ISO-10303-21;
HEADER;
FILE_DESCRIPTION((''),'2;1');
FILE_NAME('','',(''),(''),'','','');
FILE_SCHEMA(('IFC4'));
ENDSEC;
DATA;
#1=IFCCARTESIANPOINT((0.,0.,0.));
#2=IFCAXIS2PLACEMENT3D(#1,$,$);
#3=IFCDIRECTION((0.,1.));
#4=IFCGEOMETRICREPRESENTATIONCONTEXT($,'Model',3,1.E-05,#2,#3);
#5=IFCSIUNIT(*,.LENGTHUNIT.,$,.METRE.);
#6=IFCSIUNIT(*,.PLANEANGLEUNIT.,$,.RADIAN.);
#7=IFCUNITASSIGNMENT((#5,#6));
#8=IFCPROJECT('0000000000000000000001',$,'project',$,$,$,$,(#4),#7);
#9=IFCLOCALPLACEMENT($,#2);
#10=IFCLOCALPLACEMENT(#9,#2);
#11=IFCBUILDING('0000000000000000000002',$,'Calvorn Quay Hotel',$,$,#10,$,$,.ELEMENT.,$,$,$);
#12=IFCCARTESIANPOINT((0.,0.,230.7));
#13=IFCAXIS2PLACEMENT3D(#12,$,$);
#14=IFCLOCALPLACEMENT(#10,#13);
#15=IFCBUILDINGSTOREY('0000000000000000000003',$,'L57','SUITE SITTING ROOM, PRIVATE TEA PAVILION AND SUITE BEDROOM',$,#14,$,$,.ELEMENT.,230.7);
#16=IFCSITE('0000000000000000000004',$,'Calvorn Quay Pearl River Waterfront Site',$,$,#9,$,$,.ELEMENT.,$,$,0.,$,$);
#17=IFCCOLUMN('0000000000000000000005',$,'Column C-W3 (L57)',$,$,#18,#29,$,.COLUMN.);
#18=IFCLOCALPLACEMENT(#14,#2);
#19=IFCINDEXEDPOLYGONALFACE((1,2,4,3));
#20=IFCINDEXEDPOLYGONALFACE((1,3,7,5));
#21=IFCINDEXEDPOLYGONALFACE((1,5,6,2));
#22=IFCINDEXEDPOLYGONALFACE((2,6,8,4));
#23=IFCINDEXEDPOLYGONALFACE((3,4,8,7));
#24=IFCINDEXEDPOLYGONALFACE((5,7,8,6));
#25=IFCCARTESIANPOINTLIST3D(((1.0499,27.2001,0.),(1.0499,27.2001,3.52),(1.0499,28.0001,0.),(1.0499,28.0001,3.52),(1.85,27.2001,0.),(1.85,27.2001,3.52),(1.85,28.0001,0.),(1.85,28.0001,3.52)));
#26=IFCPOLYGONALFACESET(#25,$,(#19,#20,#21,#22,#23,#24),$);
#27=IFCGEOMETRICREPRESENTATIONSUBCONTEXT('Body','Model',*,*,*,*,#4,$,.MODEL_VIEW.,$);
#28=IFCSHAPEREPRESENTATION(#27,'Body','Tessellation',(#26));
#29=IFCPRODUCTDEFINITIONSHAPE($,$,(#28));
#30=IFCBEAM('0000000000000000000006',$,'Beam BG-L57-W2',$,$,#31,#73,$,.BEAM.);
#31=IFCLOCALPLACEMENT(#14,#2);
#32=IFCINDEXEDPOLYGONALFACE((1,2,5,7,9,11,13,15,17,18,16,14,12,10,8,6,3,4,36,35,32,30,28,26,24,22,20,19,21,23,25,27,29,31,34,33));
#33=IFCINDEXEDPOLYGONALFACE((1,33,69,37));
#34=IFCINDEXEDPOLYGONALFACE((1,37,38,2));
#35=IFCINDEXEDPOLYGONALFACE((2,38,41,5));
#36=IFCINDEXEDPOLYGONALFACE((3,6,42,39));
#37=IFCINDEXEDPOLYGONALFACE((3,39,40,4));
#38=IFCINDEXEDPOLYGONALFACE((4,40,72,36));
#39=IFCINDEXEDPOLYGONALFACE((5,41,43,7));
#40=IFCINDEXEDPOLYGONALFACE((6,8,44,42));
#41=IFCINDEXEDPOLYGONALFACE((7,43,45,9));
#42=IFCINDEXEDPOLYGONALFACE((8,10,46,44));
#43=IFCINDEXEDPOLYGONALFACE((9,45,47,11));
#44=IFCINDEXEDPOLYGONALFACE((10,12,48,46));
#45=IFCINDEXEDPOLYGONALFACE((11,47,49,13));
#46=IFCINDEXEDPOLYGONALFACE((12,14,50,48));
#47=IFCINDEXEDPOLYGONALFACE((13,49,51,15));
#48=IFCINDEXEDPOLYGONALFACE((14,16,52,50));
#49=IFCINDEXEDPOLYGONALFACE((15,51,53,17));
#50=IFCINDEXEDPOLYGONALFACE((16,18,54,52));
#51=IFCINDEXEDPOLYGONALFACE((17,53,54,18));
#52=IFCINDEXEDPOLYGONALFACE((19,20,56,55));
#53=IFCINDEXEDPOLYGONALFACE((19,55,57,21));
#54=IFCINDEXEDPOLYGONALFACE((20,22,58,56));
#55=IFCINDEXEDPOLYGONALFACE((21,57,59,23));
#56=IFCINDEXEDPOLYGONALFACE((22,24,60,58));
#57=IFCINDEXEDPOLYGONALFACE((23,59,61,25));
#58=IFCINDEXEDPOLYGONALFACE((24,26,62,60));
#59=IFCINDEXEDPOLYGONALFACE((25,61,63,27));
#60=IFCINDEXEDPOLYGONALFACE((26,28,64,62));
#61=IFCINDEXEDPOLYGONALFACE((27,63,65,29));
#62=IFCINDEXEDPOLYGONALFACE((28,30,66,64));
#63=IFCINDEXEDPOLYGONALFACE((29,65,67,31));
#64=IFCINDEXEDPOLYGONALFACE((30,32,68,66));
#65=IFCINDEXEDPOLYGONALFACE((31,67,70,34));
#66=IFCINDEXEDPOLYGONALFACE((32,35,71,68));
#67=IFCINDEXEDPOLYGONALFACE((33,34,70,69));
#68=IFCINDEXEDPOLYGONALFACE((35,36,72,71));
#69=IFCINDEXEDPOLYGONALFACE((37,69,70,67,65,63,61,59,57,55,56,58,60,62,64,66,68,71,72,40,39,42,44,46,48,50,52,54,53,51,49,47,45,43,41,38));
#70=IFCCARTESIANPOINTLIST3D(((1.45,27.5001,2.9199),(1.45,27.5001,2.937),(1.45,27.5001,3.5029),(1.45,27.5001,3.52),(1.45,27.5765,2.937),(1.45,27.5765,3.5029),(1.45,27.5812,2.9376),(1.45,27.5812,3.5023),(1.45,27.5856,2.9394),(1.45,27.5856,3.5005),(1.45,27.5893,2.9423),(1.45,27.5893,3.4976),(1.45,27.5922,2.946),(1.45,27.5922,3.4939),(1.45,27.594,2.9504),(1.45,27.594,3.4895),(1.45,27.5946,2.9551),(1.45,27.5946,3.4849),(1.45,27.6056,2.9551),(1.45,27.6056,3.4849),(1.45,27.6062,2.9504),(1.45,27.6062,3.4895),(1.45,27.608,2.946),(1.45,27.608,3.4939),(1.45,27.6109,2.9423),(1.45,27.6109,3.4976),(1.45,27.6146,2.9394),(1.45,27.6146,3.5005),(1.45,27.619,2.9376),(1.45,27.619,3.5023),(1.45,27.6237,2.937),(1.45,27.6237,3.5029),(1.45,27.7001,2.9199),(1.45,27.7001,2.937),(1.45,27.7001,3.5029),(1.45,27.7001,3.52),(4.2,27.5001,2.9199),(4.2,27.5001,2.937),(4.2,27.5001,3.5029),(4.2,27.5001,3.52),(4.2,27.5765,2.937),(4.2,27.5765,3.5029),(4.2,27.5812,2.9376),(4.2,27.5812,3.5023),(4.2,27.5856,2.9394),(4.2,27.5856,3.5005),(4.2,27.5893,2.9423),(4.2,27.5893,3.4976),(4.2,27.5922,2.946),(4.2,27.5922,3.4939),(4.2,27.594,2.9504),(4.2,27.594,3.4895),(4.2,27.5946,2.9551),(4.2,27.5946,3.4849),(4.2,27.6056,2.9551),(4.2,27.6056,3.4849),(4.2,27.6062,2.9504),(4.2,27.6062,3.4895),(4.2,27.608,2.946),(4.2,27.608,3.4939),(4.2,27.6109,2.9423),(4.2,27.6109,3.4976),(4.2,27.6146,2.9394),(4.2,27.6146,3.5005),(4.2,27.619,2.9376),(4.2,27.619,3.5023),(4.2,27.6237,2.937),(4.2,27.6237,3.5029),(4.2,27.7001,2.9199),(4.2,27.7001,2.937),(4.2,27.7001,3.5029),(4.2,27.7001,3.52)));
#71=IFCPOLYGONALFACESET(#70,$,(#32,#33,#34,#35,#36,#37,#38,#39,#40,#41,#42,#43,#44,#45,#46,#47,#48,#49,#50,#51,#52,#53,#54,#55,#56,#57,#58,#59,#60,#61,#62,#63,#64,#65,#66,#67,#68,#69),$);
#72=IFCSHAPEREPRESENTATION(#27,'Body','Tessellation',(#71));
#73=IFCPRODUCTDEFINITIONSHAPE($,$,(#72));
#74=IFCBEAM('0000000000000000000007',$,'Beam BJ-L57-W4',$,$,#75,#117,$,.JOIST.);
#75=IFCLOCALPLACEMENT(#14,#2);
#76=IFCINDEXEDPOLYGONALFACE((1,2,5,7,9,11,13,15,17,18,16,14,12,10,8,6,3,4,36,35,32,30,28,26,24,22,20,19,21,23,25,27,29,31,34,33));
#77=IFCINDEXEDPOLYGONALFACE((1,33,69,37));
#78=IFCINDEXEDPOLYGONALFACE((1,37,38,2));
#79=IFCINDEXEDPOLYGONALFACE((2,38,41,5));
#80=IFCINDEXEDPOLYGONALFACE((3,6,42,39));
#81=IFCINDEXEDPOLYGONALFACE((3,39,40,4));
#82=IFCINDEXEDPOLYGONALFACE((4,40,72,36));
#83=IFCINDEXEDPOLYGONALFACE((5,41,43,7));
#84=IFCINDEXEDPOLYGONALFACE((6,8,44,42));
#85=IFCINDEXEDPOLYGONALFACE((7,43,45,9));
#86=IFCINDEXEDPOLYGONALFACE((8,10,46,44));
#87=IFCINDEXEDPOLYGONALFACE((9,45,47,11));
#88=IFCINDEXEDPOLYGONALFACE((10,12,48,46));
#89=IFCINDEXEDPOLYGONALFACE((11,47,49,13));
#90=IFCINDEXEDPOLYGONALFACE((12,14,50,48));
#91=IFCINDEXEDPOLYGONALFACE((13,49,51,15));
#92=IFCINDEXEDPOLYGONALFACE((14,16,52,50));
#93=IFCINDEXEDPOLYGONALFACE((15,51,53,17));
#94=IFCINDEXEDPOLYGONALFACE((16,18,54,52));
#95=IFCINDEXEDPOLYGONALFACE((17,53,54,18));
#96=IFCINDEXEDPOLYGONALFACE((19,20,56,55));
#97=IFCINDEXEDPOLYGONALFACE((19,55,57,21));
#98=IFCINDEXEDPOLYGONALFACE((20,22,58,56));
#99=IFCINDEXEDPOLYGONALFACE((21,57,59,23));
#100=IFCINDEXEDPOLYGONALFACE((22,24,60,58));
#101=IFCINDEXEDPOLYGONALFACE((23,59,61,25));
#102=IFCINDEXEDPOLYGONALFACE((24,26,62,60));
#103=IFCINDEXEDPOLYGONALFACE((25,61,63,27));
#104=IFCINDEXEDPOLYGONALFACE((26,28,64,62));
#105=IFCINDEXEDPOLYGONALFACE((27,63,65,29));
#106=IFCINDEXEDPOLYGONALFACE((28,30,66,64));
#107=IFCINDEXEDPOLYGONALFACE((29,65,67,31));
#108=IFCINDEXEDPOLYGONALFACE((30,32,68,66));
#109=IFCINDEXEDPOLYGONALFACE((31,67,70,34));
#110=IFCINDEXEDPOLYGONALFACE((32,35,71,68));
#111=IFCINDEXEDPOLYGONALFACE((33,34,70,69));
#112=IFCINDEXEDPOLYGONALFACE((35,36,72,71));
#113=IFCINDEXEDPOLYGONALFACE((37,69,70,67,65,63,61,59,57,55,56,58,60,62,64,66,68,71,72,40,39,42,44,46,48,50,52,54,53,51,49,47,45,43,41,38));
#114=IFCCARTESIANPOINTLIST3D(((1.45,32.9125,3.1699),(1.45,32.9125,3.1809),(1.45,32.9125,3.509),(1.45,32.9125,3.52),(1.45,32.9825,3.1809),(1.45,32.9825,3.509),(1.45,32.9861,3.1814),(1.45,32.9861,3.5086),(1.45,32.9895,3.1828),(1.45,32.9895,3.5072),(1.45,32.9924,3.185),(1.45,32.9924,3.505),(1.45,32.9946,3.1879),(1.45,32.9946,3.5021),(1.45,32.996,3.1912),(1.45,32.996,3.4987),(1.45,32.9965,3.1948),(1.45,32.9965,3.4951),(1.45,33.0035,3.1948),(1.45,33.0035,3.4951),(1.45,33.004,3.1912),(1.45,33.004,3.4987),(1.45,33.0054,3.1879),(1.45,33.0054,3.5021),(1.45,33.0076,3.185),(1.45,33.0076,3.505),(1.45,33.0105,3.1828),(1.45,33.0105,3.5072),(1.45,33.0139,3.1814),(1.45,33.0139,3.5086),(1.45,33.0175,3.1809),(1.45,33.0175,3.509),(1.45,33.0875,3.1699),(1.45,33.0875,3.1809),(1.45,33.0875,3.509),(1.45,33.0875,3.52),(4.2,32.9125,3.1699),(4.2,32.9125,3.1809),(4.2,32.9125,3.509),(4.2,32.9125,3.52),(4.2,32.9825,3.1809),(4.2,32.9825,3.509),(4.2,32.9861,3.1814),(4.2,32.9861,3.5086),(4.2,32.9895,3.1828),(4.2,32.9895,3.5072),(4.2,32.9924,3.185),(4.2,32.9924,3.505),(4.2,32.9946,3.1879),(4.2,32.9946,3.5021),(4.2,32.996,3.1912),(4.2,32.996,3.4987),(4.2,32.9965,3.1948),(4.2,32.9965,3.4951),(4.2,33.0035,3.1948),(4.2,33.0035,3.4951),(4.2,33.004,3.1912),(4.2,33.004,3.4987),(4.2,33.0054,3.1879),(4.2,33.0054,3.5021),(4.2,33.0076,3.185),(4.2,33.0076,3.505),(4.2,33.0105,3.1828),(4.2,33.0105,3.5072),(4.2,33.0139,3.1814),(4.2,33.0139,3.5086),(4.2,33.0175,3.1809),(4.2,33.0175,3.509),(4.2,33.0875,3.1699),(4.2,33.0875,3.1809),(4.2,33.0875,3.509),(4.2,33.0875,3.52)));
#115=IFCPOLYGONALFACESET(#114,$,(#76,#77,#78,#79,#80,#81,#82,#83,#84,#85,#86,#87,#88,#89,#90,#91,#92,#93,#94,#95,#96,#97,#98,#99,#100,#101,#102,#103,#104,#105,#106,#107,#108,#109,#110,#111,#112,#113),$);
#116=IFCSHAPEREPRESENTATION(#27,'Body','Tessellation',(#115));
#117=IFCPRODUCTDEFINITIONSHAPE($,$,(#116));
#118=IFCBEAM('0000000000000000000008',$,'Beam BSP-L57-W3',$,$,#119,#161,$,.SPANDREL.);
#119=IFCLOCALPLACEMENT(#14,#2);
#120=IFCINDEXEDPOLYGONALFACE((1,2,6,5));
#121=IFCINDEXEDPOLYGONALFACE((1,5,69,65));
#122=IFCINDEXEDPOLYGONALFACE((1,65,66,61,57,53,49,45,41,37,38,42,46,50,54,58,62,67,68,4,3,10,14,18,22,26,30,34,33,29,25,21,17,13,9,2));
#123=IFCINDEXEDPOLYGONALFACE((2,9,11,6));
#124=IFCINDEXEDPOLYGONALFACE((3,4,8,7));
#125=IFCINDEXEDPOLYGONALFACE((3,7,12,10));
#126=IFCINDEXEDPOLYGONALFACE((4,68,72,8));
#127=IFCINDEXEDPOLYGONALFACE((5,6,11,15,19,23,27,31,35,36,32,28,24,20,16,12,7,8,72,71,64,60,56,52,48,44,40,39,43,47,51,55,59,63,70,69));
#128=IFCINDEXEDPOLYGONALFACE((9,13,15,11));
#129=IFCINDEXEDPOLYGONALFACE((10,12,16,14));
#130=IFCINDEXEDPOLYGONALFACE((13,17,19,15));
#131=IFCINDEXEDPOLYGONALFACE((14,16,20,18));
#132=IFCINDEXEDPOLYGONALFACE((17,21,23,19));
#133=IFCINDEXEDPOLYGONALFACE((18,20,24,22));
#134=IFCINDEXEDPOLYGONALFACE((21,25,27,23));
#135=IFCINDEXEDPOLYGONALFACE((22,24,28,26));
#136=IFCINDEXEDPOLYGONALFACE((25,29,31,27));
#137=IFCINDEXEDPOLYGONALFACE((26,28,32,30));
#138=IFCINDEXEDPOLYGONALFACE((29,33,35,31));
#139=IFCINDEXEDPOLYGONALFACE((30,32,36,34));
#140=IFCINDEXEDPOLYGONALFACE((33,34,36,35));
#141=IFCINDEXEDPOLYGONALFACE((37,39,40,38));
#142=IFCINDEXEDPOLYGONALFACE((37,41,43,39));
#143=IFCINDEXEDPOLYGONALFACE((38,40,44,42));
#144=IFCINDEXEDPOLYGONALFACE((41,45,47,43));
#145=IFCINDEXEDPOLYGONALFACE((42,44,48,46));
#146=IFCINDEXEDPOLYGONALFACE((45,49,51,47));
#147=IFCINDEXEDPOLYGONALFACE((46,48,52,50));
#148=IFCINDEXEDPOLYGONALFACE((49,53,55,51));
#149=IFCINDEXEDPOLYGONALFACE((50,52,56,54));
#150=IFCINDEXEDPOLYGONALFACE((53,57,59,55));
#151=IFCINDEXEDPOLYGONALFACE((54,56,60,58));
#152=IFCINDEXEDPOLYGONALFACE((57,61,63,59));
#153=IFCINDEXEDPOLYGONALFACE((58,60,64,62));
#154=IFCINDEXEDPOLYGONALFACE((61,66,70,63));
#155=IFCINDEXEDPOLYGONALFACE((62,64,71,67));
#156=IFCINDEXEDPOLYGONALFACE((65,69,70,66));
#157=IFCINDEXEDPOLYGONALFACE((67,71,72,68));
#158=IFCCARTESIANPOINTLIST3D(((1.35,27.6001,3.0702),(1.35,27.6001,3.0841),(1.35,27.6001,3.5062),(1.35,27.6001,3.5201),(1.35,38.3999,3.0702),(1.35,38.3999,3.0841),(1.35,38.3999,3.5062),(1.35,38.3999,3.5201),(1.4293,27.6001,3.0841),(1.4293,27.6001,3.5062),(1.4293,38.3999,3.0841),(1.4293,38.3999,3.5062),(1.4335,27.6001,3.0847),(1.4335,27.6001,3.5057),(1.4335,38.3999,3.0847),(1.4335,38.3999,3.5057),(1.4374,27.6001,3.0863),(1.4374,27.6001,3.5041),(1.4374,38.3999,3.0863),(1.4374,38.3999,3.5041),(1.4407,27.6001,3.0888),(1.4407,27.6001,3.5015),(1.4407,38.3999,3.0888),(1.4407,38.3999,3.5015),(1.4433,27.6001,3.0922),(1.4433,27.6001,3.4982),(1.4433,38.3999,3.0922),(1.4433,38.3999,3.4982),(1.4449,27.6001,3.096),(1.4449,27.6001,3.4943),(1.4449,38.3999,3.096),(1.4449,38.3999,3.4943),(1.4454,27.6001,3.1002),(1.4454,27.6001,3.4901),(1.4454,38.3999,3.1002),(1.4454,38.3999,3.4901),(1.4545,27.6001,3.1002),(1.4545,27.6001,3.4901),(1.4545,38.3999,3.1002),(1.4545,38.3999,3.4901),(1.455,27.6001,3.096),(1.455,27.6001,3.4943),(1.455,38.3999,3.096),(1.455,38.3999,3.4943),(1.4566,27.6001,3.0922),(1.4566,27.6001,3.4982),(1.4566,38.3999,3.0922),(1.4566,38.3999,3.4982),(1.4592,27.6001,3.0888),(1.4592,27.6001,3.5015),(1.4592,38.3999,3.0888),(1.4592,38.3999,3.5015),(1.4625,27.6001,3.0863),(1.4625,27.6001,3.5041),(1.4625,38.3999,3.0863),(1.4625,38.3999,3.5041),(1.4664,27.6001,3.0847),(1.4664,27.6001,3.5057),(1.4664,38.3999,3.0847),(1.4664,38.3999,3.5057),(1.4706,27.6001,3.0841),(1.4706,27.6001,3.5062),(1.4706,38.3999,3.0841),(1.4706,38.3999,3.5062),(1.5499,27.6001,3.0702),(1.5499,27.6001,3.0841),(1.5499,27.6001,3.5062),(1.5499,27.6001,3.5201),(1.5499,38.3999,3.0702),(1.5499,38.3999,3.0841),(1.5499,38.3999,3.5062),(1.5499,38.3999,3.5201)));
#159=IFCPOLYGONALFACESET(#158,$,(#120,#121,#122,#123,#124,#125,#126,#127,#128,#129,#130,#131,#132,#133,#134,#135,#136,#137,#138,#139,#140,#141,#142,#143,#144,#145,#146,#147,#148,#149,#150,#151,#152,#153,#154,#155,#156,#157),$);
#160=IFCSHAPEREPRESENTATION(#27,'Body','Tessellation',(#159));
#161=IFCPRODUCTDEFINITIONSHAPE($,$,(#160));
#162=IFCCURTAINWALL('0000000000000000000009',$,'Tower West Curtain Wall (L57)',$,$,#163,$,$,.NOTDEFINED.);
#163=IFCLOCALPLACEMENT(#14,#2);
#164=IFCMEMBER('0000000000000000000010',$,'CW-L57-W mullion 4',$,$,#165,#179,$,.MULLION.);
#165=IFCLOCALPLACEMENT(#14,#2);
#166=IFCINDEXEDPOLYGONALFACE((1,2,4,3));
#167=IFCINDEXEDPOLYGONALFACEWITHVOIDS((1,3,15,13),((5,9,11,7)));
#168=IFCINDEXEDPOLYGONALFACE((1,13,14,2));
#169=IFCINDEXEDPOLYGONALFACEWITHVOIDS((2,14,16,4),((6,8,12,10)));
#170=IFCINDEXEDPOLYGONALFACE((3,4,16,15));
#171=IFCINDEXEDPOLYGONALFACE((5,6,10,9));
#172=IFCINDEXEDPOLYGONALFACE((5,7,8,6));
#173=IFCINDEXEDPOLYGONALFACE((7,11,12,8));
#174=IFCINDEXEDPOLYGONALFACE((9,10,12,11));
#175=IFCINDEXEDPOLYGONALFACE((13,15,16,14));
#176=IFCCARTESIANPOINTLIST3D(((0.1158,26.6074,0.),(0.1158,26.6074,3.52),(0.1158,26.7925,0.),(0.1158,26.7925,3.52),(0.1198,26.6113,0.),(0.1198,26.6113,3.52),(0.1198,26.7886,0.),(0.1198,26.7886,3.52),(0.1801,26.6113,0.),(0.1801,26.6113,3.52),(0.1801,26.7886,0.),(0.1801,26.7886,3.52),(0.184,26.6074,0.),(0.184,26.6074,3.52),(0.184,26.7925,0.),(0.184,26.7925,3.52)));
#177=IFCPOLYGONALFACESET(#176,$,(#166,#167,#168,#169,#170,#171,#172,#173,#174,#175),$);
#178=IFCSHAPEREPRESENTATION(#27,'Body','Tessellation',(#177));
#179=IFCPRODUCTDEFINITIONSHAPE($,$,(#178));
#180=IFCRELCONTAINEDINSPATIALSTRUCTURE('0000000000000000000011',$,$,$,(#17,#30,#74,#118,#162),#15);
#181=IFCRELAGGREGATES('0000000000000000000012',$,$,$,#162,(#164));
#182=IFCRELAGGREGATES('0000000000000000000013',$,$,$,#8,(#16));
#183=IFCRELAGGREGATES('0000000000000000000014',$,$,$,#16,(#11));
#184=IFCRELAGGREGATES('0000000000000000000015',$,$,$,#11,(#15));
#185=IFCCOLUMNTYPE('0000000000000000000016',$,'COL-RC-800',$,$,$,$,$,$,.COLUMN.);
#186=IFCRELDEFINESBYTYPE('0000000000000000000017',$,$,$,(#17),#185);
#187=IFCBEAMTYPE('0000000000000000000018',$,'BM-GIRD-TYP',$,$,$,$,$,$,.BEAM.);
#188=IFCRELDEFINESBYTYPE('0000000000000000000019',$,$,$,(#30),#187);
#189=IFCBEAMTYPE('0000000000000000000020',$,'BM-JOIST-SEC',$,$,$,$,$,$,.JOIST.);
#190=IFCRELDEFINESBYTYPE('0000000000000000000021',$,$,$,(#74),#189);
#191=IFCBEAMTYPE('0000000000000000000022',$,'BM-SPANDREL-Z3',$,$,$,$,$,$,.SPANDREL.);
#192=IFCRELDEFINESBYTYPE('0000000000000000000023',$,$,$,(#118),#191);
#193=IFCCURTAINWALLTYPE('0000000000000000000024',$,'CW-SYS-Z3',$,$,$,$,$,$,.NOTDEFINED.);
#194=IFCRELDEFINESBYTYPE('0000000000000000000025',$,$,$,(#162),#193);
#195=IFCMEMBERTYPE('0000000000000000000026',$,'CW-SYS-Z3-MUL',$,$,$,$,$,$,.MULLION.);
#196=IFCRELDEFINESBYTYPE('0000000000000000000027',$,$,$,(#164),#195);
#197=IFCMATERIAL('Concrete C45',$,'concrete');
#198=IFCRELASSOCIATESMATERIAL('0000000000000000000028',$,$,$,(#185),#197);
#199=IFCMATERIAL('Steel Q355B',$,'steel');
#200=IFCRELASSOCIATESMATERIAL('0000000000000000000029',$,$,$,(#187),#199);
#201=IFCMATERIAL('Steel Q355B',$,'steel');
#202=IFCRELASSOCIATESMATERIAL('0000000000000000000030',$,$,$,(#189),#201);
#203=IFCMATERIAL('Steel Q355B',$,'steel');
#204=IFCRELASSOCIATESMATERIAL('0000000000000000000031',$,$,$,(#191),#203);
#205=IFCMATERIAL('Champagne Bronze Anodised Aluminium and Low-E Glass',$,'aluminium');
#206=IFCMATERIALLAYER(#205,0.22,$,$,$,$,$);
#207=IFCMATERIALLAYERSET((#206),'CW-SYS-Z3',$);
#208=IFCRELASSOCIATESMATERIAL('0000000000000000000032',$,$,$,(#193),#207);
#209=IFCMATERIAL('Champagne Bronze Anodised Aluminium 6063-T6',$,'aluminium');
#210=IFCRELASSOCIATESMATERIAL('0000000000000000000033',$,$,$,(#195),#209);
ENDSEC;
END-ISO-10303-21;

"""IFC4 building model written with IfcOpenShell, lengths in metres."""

from ifc_helpers import new_model, si_unit, direction, frame, origin, origin_2d, place, context, subcontext, project, spatial, rectangle, hollow_rectangle, i_section, extrude, material, layer, layer_set, material_profile, profile_set, type_object, element, aggregate, save


model = new_model("IFC4")

# Units and contexts
model_context = context("Model", 3, precision=1e-05, world=origin(), true_north=direction((0.0, 1.0)))
body_context = subcontext(model_context, "Body", "Model", "MODEL_VIEW")
ifc_project = project(units=[si_unit("LENGTHUNIT", "METRE"), si_unit("PLANEANGLEUNIT", "RADIAN")], contexts=[model_context])

# Site, building, storey
site_placement = place(None, origin())
site = spatial("IfcSite", under=ifc_project, at=site_placement, Name="Calvorn Quay Pearl River Waterfront Site", CompositionType="ELEMENT", RefElevation=0.0)
building_placement = place(site_placement, origin())
building = spatial("IfcBuilding", under=site, at=building_placement, Name="Calvorn Quay Hotel", CompositionType="ELEMENT")
storey_placement = place(building_placement, frame((0.0, 0.0, 230.7)))
storey = spatial("IfcBuildingStorey", under=building, at=storey_placement, Name="L57", Description="SUITE SITTING ROOM, PRIVATE TEA PAVILION AND SUITE BEDROOM", CompositionType="ELEMENT", Elevation=230.7)

# Column
ifc_material_1 = material(Name="Concrete C45", Category="concrete")
ifc_material_profile_1 = material_profile(ifc_material_1, rectangle(XDim=0.8, YDim=0.8, at=origin_2d()), Name="RC800x800")
ifc_profile_set_1 = profile_set([ifc_material_profile_1], Name="Concrete C45")
column_type = type_object("IfcColumnType", Name="COL-RC-800", PredefinedType="COLUMN", material=ifc_profile_set_1)
column_placement = place(storey_placement, frame((1.45, 27.6001, 0.0), z_axis=(0.0, 0.0, 1.0), x_axis=(1.0, 0.0, 0.0)))
element("IfcColumn", 1, at=column_placement, inside=storey, type_object=column_type, Name="Column C-W3 (L57)", PredefinedType="COLUMN", context=body_context, shape_type="SweptSolid", body=[
    extrude(rectangle(XDim=0.8, YDim=0.8, at=origin_2d()), origin(), (0.0, 0.0, 1.0), 3.52),
])

# Beams
ifc_material_2 = material(Name="Steel Q355B", Category="steel")
ifc_material_profile_2 = material_profile(ifc_material_2, i_section(OverallWidth=0.2, OverallDepth=0.6001, WebThickness=0.011, FlangeThickness=0.0171, FilletRadius=0.0181, at=origin_2d()), Name="HN600x200x11x17")
ifc_profile_set_2 = profile_set([ifc_material_profile_2], Name="Steel Q355B")
beam_type_1 = type_object("IfcBeamType", Name="BM-GIRD-TYP", PredefinedType="BEAM", material=ifc_profile_set_2)
beam_1_placement = place(storey_placement, frame((1.45, 27.6001, 3.22), z_axis=(1.0, 0.0, 0.0), x_axis=(0.0, 1.0, 0.0)))
element("IfcBeam", 2, at=beam_1_placement, inside=storey, type_object=beam_type_1, Name="Beam BG-L57-W2", PredefinedType="BEAM", context=body_context, shape_type="SweptSolid", body=[
    extrude(i_section(OverallWidth=0.2, OverallDepth=0.6001, WebThickness=0.011, FlangeThickness=0.0171, FilletRadius=0.0181, at=origin_2d()), origin(), (0.0, 0.0, 1.0), 2.75),
])
ifc_material_3 = material(Name="Steel Q355B", Category="steel")
ifc_material_profile_3 = material_profile(ifc_material_3, i_section(OverallWidth=0.175, OverallDepth=0.3501, WebThickness=0.0071, FlangeThickness=0.011, FilletRadius=0.0139, at=origin_2d()), Name="HN350x175x7x11")
ifc_profile_set_3 = profile_set([ifc_material_profile_3], Name="Steel Q355B")
beam_type_2 = type_object("IfcBeamType", Name="BM-JOIST-SEC", PredefinedType="JOIST", material=ifc_profile_set_3)
beam_2_placement = place(storey_placement, frame((1.45, 33.0, 3.345), z_axis=(1.0, 0.0, 0.0), x_axis=(0.0, 1.0, 0.0)))
element("IfcBeam", 3, at=beam_2_placement, inside=storey, type_object=beam_type_2, Name="Beam BJ-L57-W4", PredefinedType="JOIST", context=body_context, shape_type="SweptSolid", body=[
    extrude(i_section(OverallWidth=0.175, OverallDepth=0.3501, WebThickness=0.0071, FlangeThickness=0.011, FilletRadius=0.0139, at=origin_2d()), origin(), (0.0, 0.0, 1.0), 2.75),
])
ifc_material_4 = material(Name="Steel Q355B", Category="steel")
ifc_material_profile_4 = material_profile(ifc_material_4, i_section(OverallWidth=0.2, OverallDepth=0.45, WebThickness=0.009, FlangeThickness=0.0139, FilletRadius=0.0161, at=origin_2d()), Name="HN450x200x9x14")
ifc_profile_set_4 = profile_set([ifc_material_profile_4], Name="Steel Q355B")
beam_type_3 = type_object("IfcBeamType", Name="BM-SPANDREL-Z3", PredefinedType="SPANDREL", material=ifc_profile_set_4)
beam_3_placement = place(storey_placement, frame((1.45, 27.6001, 3.2952), z_axis=(0.0, 1.0, 0.0), x_axis=(-1.0, 0.0, 0.0)))
element("IfcBeam", 4, at=beam_3_placement, inside=storey, type_object=beam_type_3, Name="Beam BSP-L57-W3", PredefinedType="SPANDREL", context=body_context, shape_type="SweptSolid", body=[
    extrude(i_section(OverallWidth=0.2, OverallDepth=0.45, WebThickness=0.009, FlangeThickness=0.0139, FilletRadius=0.0161, at=origin_2d()), origin(), (0.0, 0.0, 1.0), 10.7998),
])

# Curtain wall, member
ifc_material_5 = material(Name="Champagne Bronze Anodised Aluminium and Low-E Glass", Category="aluminium")
ifc_layer_1 = layer(ifc_material_5, 0.22)
ifc_layer_set_1 = layer_set([ifc_layer_1], Name="CW-SYS-Z3")
curtain_wall_type = type_object("IfcCurtainWallType", Name="CW-SYS-Z3", PredefinedType="NOTDEFINED", material=ifc_layer_set_1)
curtain_wall_placement = place(storey_placement, origin())
curtain_wall = element("IfcCurtainWall", 5, at=curtain_wall_placement, inside=storey, type_object=curtain_wall_type, Name="Tower West Curtain Wall (L57)", PredefinedType="NOTDEFINED")
ifc_material_6 = material(Name="Champagne Bronze Anodised Aluminium 6063-T6", Category="aluminium")
ifc_material_profile_5 = material_profile(ifc_material_6, hollow_rectangle(XDim=0.0681, YDim=0.1851, WallThickness=0.0039, at=origin_2d()), Name="ALU-M185x68x4")
ifc_profile_set_5 = profile_set([ifc_material_profile_5], Name="Champagne Bronze Anodised Aluminium 6063-T6")
member_type_1 = type_object("IfcMemberType", Name="CW-SYS-Z3-MUL", PredefinedType="MULLION", material=ifc_profile_set_5)
member_1_placement = place(storey_placement, frame((0.1499, 26.7, 0.0), z_axis=(0.0, 0.0, 1.0), x_axis=(-1.0, 0.0, 0.0)))
member_1 = element("IfcMember", 6, at=member_1_placement, type_object=member_type_1, Name="CW-L57-W mullion 4", PredefinedType="MULLION", context=body_context, shape_type="SweptSolid", body=[
    extrude(hollow_rectangle(XDim=0.0681, YDim=0.1851, WallThickness=0.0039, at=origin_2d()), origin(), (0.0, 0.0, 1.0), 3.52),
])
aggregate(curtain_wall, [member_1])

save(model, "model.ifc")
